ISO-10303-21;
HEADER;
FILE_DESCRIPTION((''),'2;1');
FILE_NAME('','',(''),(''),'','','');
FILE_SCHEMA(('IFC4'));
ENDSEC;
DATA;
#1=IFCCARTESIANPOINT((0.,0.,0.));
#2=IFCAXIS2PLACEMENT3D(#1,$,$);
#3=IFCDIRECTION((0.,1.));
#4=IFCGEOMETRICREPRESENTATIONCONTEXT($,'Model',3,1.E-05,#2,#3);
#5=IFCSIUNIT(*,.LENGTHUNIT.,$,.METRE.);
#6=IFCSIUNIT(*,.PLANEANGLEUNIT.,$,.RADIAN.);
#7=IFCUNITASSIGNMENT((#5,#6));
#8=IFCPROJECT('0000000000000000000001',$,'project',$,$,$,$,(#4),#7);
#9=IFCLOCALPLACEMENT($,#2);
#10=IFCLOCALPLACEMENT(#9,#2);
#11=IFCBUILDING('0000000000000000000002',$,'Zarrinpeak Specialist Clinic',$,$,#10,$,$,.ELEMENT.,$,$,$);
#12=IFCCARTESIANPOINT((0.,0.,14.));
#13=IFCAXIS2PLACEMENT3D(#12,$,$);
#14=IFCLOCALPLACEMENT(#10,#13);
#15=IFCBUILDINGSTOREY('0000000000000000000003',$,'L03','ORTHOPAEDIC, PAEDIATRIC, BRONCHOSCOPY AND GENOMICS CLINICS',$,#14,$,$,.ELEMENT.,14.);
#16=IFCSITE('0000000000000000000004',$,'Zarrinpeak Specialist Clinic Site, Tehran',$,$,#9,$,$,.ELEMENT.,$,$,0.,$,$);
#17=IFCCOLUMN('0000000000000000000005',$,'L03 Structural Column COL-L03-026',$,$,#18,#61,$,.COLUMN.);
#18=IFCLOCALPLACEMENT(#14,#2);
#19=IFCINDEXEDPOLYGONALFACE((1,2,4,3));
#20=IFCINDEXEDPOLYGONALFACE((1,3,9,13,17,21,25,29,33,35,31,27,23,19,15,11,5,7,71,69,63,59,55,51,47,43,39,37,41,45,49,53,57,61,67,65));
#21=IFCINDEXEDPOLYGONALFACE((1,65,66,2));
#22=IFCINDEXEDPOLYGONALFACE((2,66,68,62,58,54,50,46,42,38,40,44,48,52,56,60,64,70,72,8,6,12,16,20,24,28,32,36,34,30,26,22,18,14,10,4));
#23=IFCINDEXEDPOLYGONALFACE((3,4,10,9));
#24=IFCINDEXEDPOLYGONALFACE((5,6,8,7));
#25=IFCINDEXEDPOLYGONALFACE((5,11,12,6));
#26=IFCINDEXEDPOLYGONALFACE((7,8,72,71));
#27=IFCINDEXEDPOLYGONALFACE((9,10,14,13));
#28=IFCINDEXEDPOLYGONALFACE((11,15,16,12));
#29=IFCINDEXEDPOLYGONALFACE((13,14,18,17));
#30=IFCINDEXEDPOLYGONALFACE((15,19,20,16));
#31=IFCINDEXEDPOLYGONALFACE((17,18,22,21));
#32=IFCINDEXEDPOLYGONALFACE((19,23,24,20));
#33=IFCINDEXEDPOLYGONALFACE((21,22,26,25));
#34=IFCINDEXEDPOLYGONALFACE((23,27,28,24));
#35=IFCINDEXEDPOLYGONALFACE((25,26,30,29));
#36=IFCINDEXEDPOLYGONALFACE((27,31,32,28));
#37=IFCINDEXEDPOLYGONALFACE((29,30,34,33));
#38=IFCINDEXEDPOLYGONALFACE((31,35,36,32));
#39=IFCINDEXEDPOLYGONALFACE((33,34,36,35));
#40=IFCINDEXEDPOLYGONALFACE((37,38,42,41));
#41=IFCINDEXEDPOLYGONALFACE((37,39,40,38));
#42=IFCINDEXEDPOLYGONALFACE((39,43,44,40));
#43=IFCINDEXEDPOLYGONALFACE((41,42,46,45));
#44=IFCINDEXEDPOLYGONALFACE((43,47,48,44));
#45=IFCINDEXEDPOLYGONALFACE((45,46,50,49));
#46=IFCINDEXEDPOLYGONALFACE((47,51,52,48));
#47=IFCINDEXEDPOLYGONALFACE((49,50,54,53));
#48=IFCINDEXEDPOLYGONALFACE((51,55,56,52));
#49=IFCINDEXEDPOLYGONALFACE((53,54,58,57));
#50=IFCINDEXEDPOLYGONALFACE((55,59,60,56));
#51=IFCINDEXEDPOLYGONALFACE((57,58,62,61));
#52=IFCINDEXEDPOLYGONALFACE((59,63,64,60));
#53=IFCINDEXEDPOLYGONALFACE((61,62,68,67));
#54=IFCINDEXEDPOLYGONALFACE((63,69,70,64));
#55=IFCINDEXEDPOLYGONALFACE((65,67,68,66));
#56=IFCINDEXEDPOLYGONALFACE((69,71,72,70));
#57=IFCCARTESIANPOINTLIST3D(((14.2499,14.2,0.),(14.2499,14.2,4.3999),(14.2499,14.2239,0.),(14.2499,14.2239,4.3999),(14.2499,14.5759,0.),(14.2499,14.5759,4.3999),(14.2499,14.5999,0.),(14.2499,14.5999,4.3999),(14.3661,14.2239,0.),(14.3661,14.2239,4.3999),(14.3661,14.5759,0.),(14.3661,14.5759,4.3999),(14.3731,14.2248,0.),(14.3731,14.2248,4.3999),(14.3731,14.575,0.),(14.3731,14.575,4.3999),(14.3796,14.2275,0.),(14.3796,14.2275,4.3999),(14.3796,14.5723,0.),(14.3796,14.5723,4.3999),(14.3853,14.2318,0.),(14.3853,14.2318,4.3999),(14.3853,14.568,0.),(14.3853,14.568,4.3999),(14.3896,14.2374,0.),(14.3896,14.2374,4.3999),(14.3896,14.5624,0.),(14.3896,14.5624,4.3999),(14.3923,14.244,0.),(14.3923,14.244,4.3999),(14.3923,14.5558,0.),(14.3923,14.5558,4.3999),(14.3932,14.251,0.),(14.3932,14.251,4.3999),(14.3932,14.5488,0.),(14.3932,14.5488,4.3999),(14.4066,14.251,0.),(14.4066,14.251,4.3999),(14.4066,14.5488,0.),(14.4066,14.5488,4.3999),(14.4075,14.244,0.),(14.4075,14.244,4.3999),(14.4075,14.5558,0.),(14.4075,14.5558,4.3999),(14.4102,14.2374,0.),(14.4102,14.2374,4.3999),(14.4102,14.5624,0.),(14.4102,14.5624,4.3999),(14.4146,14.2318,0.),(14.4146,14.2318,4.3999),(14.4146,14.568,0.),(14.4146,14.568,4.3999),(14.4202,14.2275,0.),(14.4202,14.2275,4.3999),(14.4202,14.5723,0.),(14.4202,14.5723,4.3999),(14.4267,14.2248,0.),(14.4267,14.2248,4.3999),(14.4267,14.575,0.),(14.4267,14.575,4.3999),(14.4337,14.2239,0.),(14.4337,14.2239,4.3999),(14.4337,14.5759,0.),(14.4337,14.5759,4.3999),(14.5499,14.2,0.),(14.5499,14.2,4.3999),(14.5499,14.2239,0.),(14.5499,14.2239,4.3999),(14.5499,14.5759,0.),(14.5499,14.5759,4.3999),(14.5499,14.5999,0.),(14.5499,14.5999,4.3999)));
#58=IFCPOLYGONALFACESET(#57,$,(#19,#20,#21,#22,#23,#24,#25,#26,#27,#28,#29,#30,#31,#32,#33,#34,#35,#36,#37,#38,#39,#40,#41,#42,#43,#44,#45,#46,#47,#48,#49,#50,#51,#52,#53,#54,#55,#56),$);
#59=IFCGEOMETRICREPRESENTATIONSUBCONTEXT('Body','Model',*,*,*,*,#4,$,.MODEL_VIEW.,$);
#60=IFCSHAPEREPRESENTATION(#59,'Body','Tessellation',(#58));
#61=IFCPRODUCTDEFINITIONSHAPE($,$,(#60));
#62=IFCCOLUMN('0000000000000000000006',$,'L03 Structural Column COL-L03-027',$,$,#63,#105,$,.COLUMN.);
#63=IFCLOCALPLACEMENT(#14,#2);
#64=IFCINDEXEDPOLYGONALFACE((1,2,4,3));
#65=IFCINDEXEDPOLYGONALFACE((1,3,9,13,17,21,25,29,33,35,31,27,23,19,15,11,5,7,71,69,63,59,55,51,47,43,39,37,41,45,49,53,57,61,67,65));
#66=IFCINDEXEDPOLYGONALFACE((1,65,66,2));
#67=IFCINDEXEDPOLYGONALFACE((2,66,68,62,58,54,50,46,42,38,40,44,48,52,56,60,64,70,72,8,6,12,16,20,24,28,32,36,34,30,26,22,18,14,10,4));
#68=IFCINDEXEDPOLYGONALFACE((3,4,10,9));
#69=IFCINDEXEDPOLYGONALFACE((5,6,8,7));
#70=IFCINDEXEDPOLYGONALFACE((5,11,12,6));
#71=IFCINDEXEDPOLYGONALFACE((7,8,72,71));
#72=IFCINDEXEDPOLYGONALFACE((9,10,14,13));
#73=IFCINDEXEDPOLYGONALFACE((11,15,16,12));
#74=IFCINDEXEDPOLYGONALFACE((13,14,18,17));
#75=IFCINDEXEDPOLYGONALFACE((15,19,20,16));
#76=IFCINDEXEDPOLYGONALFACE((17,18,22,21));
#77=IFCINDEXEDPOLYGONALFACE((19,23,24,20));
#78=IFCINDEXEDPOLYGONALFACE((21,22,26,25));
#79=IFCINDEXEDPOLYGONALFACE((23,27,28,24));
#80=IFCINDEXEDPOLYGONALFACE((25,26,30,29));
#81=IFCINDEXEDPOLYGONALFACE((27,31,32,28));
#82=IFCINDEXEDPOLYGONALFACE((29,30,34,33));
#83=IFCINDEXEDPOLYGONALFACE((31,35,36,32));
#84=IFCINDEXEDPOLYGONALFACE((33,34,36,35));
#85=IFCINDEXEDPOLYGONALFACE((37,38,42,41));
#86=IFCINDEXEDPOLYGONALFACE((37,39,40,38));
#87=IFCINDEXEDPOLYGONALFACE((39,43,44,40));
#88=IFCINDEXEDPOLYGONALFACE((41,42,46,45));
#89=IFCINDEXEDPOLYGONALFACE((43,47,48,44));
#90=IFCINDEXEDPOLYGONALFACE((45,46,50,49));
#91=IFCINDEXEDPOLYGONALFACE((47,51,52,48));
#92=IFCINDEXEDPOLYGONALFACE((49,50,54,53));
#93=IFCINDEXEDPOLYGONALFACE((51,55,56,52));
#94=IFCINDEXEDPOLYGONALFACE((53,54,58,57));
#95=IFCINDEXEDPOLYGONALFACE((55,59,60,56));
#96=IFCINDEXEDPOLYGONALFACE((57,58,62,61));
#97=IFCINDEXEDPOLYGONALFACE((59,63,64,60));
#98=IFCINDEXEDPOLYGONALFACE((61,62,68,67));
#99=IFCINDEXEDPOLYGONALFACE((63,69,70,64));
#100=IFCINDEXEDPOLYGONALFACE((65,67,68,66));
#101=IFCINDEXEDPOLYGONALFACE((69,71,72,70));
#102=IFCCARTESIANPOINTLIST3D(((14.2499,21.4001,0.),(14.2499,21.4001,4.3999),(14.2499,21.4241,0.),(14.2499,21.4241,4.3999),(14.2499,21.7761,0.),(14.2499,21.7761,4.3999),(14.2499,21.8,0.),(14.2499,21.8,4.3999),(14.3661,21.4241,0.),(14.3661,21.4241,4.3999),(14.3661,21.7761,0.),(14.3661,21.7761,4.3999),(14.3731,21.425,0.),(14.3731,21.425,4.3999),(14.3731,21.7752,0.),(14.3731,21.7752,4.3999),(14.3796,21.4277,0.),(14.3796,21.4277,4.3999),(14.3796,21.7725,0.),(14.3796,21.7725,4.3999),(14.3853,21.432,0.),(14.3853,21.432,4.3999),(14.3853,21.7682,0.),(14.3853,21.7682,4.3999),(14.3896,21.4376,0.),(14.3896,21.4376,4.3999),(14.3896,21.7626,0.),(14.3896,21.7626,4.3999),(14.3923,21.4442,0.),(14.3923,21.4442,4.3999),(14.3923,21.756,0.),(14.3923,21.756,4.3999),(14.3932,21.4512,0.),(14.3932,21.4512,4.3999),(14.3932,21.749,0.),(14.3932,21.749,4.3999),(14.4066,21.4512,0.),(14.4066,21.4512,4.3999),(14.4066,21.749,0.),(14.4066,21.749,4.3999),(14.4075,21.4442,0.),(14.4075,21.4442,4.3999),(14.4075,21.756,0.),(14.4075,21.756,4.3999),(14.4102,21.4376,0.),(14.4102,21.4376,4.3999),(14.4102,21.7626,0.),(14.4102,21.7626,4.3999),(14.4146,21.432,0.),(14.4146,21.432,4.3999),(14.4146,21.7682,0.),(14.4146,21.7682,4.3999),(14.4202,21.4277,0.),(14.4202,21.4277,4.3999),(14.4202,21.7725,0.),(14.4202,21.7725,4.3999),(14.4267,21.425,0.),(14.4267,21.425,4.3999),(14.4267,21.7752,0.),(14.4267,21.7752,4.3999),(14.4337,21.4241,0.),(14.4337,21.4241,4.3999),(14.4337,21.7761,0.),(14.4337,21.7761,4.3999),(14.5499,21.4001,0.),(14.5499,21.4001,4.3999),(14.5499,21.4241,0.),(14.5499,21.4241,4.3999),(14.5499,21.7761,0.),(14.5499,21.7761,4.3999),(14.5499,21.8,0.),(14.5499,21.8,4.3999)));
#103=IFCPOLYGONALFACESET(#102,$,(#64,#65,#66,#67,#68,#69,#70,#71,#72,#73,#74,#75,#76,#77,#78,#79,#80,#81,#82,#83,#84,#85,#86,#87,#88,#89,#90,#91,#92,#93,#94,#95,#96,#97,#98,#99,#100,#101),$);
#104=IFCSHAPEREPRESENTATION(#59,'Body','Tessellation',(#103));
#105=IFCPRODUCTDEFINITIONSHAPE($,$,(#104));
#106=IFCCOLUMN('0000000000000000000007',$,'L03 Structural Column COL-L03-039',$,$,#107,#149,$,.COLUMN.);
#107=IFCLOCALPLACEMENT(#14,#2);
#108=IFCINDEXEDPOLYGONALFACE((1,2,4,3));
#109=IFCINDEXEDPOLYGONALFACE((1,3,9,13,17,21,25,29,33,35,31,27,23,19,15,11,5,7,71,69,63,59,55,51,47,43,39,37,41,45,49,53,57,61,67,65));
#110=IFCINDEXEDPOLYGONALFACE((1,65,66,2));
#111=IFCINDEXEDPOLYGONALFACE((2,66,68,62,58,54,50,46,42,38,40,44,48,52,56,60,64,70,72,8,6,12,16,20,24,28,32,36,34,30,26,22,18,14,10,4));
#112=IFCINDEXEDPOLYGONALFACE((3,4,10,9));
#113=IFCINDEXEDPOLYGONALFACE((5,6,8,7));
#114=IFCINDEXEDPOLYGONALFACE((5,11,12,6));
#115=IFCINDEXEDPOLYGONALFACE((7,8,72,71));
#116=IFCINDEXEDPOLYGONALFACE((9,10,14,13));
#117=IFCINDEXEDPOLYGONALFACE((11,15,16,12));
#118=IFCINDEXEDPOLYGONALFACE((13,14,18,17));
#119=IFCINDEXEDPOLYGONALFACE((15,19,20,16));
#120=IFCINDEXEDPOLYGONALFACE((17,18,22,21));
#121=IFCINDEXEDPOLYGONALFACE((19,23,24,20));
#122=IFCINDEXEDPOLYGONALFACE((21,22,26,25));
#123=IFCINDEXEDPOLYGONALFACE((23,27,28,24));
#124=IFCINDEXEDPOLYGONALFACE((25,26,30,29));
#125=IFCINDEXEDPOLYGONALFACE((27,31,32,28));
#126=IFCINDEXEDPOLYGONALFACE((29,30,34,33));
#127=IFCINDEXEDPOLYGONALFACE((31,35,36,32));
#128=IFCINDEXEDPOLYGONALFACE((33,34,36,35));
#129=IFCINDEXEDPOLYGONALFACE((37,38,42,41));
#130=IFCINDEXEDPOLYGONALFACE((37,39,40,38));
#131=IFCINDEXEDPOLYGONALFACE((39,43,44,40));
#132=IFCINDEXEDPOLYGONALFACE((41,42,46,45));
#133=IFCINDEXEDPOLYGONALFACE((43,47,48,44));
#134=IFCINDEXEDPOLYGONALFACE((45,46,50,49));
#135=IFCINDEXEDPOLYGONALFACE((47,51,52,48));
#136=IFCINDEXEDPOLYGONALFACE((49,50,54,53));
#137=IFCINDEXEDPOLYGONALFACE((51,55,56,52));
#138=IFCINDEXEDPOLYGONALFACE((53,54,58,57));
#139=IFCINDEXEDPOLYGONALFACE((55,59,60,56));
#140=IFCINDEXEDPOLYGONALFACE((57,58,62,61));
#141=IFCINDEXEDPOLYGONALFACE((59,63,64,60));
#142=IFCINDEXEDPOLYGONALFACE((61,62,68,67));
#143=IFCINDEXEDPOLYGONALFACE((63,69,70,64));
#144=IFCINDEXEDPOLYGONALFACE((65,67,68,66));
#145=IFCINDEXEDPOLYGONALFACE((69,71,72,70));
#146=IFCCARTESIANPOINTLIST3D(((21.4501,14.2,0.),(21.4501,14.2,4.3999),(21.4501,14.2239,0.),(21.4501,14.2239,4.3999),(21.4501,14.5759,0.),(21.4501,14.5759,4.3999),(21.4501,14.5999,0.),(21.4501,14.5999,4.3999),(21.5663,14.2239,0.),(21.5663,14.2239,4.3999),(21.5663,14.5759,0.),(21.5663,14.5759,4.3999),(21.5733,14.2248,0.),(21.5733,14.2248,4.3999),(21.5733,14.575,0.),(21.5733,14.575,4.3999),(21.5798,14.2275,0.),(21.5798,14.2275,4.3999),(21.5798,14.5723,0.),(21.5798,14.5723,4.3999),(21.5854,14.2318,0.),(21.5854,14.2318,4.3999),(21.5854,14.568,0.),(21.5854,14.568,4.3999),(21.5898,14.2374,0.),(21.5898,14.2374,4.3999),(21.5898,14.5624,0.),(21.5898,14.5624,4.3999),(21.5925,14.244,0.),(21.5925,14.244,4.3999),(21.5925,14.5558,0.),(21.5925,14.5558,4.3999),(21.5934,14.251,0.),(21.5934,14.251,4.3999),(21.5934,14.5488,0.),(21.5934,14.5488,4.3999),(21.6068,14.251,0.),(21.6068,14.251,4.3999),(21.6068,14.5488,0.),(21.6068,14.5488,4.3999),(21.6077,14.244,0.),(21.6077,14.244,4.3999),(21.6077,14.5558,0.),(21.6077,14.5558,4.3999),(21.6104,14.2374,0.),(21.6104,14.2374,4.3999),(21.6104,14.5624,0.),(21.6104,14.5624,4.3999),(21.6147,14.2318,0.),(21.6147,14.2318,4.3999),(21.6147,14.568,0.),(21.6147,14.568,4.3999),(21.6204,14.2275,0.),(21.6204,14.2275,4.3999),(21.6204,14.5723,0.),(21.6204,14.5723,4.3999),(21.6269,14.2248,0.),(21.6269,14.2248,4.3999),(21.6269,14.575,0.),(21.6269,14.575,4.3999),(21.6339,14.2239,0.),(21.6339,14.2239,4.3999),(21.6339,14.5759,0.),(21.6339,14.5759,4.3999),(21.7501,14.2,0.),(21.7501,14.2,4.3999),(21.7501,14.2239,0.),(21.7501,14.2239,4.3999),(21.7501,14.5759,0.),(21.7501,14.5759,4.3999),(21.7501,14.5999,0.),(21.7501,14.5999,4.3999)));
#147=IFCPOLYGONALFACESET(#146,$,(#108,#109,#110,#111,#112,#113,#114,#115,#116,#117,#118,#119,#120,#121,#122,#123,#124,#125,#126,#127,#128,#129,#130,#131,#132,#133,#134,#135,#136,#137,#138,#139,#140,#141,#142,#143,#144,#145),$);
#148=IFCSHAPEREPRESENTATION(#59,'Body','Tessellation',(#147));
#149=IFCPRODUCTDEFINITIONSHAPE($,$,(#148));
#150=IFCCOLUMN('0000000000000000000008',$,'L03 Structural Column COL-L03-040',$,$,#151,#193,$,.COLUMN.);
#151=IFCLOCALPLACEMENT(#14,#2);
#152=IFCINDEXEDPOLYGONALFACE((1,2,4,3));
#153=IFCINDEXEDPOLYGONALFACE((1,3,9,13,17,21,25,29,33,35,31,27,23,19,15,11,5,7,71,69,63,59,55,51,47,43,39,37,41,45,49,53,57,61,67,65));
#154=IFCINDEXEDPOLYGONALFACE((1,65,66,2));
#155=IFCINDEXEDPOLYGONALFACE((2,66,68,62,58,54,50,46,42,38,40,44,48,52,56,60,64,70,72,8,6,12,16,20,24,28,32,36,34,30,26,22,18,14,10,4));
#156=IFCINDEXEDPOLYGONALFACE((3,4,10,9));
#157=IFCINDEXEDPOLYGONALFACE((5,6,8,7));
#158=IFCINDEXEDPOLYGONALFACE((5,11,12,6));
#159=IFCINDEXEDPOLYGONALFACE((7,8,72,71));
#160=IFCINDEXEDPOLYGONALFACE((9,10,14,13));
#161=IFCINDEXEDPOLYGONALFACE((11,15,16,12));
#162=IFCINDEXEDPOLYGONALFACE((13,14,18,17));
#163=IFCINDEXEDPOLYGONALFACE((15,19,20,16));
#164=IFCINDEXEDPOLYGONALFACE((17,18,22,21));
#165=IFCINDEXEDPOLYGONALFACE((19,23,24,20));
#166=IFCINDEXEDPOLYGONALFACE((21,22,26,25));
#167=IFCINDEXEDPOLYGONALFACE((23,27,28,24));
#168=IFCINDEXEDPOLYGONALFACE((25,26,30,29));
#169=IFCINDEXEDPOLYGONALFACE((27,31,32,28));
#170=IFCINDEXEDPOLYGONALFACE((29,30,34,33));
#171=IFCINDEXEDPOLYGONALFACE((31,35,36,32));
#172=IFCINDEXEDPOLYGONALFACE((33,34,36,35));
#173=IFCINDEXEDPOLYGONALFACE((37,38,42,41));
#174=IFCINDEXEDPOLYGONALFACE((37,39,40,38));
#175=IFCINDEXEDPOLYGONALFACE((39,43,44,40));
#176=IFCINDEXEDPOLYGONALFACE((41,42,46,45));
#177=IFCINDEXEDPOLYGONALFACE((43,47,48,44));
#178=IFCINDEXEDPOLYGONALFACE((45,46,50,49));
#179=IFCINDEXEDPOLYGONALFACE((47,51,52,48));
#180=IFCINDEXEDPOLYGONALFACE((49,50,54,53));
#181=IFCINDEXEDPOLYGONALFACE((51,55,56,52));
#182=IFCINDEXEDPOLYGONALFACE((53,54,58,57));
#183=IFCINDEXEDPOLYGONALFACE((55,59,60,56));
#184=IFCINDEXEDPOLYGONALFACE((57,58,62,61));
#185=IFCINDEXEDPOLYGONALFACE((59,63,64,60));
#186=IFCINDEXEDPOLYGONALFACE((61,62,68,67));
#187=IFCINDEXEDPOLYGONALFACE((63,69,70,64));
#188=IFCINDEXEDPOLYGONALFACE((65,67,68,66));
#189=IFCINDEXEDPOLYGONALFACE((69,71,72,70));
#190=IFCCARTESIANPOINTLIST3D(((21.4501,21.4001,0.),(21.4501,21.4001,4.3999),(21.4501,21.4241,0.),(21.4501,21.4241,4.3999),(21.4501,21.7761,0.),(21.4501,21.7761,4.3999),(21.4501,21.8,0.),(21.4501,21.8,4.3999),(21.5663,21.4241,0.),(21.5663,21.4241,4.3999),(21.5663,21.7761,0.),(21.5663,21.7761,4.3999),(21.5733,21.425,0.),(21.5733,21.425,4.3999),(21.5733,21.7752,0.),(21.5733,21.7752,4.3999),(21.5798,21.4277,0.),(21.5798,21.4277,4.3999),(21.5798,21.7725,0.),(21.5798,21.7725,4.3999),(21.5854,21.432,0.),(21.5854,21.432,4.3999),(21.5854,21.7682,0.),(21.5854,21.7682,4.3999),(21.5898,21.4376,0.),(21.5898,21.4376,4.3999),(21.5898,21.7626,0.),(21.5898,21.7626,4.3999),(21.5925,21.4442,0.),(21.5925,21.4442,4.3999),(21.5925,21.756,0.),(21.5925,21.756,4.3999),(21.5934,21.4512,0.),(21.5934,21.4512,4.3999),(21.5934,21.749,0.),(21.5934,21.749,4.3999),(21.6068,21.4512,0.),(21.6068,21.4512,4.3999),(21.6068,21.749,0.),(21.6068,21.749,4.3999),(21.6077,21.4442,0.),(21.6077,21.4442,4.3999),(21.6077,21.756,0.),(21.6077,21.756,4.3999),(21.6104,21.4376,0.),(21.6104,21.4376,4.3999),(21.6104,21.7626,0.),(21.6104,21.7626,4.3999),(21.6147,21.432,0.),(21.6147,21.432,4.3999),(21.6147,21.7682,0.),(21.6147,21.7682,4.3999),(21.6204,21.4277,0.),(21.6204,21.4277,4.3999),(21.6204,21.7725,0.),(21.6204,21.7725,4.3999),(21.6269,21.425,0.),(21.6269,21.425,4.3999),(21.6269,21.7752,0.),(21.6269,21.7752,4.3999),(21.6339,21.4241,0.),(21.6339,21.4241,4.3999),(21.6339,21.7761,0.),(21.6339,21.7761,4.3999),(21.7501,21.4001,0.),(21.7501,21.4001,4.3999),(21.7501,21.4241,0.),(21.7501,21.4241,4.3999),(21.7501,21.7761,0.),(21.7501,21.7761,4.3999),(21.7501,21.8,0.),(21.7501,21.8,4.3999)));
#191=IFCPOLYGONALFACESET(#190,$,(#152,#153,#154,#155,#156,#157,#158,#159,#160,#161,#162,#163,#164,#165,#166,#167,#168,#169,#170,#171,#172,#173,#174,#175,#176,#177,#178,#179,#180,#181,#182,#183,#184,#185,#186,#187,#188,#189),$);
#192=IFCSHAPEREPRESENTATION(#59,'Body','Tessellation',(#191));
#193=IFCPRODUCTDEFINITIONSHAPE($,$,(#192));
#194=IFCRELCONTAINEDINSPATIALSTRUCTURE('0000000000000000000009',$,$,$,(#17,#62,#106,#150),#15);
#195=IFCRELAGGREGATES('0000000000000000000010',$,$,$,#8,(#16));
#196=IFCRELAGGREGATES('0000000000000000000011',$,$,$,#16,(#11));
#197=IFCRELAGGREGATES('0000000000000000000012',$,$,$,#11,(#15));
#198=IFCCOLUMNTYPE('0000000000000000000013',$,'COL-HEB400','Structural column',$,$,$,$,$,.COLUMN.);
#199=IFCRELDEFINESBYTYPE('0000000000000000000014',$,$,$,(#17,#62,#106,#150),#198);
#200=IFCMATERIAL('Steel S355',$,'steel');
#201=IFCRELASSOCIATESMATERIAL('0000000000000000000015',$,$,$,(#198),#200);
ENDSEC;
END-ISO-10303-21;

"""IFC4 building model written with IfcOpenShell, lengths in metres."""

from ifc_helpers import new_model, si_unit, direction, frame, origin, origin_2d, place, context, subcontext, project, spatial, i_section, extrude, material, material_profile, profile_set, type_object, element, save


model = new_model("IFC4")

# Units and contexts
model_context = context("Model", 3, precision=1e-05, world=origin(), true_north=direction((0.0, 1.0)))
body_context = subcontext(model_context, "Body", "Model", "MODEL_VIEW")
ifc_project = project(units=[si_unit("LENGTHUNIT", "METRE"), si_unit("PLANEANGLEUNIT", "RADIAN")], contexts=[model_context])

# Site, building, storey
site_placement = place(None, origin())
site = spatial("IfcSite", under=ifc_project, at=site_placement, Name="Zarrinpeak Specialist Clinic Site, Tehran", CompositionType="ELEMENT", RefElevation=0.0)
building_placement = place(site_placement, origin())
building = spatial("IfcBuilding", under=site, at=building_placement, Name="Zarrinpeak Specialist Clinic", CompositionType="ELEMENT")
storey_placement = place(building_placement, frame((0.0, 0.0, 14.0)))
storey = spatial("IfcBuildingStorey", under=building, at=storey_placement, Name="L03", Description="ORTHOPAEDIC, PAEDIATRIC, BRONCHOSCOPY AND GENOMICS CLINICS", CompositionType="ELEMENT", Elevation=14.0)

# Columns
ifc_material_1 = material(Name="Steel S355", Category="steel")
ifc_material_profile_1 = material_profile(ifc_material_1, i_section(OverallWidth=0.3, OverallDepth=0.3999, WebThickness=0.0134, FlangeThickness=0.0239, FilletRadius=0.0271, at=origin_2d()), Name="HEB 400")
ifc_profile_set_1 = profile_set([ifc_material_profile_1], Name="Steel S355")
column_type = type_object("IfcColumnType", Name="COL-HEB400", Description="Structural column", PredefinedType="COLUMN", material=ifc_profile_set_1)
for number, where, z_axis, x_axis, name in (
    (1, (14.3999, 14.3999, 0.0), (0.0, 0.0, 1.0), (1.0, 0.0, 0.0), "L03 Structural Column COL-L03-026"),
    (2, (14.3999, 21.6001, 0.0), (0.0, 0.0, 1.0), (1.0, 0.0, 0.0), "L03 Structural Column COL-L03-027"),
    (3, (21.6001, 14.3999, 0.0), (0.0, 0.0, 1.0), (1.0, 0.0, 0.0), "L03 Structural Column COL-L03-039"),
    (4, (21.6001, 21.6001, 0.0), (0.0, 0.0, 1.0), (1.0, 0.0, 0.0), "L03 Structural Column COL-L03-040"),
):
    element("IfcColumn", number, at=place(storey_placement, frame(where, z_axis=z_axis, x_axis=x_axis)), inside=storey, type_object=column_type, Name=name, PredefinedType="COLUMN", context=body_context, shape_type="SweptSolid", body=[
        extrude(i_section(OverallWidth=0.3, OverallDepth=0.3999, WebThickness=0.0134, FlangeThickness=0.0239, FilletRadius=0.0271, at=origin_2d()), origin(), (0.0, 0.0, 1.0), 4.3999),
    ])

save(model, "model.ifc")
